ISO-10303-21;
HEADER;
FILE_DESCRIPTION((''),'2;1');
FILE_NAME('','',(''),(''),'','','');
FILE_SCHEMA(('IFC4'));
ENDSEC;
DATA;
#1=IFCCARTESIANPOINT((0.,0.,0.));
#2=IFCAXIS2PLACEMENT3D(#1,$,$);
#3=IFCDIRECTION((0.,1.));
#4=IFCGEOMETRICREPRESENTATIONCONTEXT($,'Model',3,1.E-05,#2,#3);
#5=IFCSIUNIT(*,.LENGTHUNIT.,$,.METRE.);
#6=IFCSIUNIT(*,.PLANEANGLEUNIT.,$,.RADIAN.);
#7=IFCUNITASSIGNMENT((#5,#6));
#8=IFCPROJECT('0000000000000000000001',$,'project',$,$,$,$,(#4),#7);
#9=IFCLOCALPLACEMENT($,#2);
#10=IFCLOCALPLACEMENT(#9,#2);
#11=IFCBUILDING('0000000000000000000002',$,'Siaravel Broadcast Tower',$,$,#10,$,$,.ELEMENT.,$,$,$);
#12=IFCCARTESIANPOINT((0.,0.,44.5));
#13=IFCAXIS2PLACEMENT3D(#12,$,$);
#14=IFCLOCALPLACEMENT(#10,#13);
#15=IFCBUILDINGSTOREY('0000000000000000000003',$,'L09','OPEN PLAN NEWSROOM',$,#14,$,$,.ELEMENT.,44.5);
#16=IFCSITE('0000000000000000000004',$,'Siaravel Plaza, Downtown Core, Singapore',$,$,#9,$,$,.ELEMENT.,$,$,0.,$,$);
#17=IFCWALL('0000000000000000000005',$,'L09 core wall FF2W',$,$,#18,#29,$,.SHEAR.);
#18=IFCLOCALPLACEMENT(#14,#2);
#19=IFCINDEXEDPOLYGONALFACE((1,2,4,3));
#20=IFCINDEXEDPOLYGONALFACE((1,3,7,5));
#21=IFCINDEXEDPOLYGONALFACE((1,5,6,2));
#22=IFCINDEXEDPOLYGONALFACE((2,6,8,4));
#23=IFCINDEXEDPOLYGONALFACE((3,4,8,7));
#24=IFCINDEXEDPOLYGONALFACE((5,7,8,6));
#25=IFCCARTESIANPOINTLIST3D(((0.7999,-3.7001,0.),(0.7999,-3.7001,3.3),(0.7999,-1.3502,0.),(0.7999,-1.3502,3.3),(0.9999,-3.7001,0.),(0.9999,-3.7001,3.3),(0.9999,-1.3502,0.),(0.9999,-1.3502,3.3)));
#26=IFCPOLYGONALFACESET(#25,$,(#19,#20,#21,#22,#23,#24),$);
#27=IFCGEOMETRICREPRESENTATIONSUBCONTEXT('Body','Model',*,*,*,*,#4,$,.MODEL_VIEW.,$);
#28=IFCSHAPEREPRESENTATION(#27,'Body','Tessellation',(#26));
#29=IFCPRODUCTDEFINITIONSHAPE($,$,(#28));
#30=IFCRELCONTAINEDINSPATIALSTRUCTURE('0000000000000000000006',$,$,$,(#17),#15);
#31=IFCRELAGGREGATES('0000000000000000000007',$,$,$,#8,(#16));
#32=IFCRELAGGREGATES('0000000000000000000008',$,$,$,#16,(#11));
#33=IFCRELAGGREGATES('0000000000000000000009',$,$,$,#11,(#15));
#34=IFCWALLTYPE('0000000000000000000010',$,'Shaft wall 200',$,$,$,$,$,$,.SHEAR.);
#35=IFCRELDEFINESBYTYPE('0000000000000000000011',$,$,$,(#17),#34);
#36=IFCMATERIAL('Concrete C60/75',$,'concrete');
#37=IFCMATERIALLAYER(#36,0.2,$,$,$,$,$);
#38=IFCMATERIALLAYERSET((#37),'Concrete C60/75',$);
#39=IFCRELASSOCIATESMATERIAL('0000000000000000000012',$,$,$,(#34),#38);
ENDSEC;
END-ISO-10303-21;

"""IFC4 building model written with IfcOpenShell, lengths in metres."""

from ifc_helpers import new_model, si_unit, direction, frame, frame_2d, origin, place, context, subcontext, project, spatial, rectangle, extrude, material, layer, layer_set, type_object, element, save


model = new_model("IFC4")

# Units and contexts
model_context = context("Model", 3, precision=1e-05, world=origin(), true_north=direction((0.0, 1.0)))
body_context = subcontext(model_context, "Body", "Model", "MODEL_VIEW")
ifc_project = project(units=[si_unit("LENGTHUNIT", "METRE"), si_unit("PLANEANGLEUNIT", "RADIAN")], contexts=[model_context])

# Site, building, storey
site_placement = place(None, origin())
site = spatial("IfcSite", under=ifc_project, at=site_placement, Name="Siaravel Plaza, Downtown Core, Singapore", CompositionType="ELEMENT", RefElevation=0.0)
building_placement = place(site_placement, origin())
building = spatial("IfcBuilding", under=site, at=building_placement, Name="Siaravel Broadcast Tower", CompositionType="ELEMENT")
storey_placement = place(building_placement, frame((0.0, 0.0, 44.5)))
storey = spatial("IfcBuildingStorey", under=building, at=storey_placement, Name="L09", Description="OPEN PLAN NEWSROOM", CompositionType="ELEMENT", Elevation=44.5)

# Shared definitions
ifc_material_1 = material(Name="Concrete C60/75", Category="concrete")

# Shared definitions
ifc_layer_1 = layer(ifc_material_1, 0.2)
ifc_layer_set_1 = layer_set([ifc_layer_1], Name="Concrete C60/75")
wall_type_1 = type_object("IfcWallType", Name="Shaft wall 200", PredefinedType="SHEAR", material=ifc_layer_set_1)

# Wall
wall_1_placement = place(storey_placement, frame((0.8999, -3.7, 0.0), z_axis=(0.0, 0.0, 1.0), x_axis=(0.0, 1.0, 0.0)))
element("IfcWall", 1, at=wall_1_placement, inside=storey, type_object=wall_type_1, Name="L09 core wall FF2W", PredefinedType="SHEAR", context=body_context, shape_type="SweptSolid", body=[
    extrude(rectangle(XDim=2.3499, YDim=0.2, at=frame_2d((1.1748, 0.0))), origin(), (0.0, 0.0, 1.0), 3.3),
])

save(model, "model.ifc")
